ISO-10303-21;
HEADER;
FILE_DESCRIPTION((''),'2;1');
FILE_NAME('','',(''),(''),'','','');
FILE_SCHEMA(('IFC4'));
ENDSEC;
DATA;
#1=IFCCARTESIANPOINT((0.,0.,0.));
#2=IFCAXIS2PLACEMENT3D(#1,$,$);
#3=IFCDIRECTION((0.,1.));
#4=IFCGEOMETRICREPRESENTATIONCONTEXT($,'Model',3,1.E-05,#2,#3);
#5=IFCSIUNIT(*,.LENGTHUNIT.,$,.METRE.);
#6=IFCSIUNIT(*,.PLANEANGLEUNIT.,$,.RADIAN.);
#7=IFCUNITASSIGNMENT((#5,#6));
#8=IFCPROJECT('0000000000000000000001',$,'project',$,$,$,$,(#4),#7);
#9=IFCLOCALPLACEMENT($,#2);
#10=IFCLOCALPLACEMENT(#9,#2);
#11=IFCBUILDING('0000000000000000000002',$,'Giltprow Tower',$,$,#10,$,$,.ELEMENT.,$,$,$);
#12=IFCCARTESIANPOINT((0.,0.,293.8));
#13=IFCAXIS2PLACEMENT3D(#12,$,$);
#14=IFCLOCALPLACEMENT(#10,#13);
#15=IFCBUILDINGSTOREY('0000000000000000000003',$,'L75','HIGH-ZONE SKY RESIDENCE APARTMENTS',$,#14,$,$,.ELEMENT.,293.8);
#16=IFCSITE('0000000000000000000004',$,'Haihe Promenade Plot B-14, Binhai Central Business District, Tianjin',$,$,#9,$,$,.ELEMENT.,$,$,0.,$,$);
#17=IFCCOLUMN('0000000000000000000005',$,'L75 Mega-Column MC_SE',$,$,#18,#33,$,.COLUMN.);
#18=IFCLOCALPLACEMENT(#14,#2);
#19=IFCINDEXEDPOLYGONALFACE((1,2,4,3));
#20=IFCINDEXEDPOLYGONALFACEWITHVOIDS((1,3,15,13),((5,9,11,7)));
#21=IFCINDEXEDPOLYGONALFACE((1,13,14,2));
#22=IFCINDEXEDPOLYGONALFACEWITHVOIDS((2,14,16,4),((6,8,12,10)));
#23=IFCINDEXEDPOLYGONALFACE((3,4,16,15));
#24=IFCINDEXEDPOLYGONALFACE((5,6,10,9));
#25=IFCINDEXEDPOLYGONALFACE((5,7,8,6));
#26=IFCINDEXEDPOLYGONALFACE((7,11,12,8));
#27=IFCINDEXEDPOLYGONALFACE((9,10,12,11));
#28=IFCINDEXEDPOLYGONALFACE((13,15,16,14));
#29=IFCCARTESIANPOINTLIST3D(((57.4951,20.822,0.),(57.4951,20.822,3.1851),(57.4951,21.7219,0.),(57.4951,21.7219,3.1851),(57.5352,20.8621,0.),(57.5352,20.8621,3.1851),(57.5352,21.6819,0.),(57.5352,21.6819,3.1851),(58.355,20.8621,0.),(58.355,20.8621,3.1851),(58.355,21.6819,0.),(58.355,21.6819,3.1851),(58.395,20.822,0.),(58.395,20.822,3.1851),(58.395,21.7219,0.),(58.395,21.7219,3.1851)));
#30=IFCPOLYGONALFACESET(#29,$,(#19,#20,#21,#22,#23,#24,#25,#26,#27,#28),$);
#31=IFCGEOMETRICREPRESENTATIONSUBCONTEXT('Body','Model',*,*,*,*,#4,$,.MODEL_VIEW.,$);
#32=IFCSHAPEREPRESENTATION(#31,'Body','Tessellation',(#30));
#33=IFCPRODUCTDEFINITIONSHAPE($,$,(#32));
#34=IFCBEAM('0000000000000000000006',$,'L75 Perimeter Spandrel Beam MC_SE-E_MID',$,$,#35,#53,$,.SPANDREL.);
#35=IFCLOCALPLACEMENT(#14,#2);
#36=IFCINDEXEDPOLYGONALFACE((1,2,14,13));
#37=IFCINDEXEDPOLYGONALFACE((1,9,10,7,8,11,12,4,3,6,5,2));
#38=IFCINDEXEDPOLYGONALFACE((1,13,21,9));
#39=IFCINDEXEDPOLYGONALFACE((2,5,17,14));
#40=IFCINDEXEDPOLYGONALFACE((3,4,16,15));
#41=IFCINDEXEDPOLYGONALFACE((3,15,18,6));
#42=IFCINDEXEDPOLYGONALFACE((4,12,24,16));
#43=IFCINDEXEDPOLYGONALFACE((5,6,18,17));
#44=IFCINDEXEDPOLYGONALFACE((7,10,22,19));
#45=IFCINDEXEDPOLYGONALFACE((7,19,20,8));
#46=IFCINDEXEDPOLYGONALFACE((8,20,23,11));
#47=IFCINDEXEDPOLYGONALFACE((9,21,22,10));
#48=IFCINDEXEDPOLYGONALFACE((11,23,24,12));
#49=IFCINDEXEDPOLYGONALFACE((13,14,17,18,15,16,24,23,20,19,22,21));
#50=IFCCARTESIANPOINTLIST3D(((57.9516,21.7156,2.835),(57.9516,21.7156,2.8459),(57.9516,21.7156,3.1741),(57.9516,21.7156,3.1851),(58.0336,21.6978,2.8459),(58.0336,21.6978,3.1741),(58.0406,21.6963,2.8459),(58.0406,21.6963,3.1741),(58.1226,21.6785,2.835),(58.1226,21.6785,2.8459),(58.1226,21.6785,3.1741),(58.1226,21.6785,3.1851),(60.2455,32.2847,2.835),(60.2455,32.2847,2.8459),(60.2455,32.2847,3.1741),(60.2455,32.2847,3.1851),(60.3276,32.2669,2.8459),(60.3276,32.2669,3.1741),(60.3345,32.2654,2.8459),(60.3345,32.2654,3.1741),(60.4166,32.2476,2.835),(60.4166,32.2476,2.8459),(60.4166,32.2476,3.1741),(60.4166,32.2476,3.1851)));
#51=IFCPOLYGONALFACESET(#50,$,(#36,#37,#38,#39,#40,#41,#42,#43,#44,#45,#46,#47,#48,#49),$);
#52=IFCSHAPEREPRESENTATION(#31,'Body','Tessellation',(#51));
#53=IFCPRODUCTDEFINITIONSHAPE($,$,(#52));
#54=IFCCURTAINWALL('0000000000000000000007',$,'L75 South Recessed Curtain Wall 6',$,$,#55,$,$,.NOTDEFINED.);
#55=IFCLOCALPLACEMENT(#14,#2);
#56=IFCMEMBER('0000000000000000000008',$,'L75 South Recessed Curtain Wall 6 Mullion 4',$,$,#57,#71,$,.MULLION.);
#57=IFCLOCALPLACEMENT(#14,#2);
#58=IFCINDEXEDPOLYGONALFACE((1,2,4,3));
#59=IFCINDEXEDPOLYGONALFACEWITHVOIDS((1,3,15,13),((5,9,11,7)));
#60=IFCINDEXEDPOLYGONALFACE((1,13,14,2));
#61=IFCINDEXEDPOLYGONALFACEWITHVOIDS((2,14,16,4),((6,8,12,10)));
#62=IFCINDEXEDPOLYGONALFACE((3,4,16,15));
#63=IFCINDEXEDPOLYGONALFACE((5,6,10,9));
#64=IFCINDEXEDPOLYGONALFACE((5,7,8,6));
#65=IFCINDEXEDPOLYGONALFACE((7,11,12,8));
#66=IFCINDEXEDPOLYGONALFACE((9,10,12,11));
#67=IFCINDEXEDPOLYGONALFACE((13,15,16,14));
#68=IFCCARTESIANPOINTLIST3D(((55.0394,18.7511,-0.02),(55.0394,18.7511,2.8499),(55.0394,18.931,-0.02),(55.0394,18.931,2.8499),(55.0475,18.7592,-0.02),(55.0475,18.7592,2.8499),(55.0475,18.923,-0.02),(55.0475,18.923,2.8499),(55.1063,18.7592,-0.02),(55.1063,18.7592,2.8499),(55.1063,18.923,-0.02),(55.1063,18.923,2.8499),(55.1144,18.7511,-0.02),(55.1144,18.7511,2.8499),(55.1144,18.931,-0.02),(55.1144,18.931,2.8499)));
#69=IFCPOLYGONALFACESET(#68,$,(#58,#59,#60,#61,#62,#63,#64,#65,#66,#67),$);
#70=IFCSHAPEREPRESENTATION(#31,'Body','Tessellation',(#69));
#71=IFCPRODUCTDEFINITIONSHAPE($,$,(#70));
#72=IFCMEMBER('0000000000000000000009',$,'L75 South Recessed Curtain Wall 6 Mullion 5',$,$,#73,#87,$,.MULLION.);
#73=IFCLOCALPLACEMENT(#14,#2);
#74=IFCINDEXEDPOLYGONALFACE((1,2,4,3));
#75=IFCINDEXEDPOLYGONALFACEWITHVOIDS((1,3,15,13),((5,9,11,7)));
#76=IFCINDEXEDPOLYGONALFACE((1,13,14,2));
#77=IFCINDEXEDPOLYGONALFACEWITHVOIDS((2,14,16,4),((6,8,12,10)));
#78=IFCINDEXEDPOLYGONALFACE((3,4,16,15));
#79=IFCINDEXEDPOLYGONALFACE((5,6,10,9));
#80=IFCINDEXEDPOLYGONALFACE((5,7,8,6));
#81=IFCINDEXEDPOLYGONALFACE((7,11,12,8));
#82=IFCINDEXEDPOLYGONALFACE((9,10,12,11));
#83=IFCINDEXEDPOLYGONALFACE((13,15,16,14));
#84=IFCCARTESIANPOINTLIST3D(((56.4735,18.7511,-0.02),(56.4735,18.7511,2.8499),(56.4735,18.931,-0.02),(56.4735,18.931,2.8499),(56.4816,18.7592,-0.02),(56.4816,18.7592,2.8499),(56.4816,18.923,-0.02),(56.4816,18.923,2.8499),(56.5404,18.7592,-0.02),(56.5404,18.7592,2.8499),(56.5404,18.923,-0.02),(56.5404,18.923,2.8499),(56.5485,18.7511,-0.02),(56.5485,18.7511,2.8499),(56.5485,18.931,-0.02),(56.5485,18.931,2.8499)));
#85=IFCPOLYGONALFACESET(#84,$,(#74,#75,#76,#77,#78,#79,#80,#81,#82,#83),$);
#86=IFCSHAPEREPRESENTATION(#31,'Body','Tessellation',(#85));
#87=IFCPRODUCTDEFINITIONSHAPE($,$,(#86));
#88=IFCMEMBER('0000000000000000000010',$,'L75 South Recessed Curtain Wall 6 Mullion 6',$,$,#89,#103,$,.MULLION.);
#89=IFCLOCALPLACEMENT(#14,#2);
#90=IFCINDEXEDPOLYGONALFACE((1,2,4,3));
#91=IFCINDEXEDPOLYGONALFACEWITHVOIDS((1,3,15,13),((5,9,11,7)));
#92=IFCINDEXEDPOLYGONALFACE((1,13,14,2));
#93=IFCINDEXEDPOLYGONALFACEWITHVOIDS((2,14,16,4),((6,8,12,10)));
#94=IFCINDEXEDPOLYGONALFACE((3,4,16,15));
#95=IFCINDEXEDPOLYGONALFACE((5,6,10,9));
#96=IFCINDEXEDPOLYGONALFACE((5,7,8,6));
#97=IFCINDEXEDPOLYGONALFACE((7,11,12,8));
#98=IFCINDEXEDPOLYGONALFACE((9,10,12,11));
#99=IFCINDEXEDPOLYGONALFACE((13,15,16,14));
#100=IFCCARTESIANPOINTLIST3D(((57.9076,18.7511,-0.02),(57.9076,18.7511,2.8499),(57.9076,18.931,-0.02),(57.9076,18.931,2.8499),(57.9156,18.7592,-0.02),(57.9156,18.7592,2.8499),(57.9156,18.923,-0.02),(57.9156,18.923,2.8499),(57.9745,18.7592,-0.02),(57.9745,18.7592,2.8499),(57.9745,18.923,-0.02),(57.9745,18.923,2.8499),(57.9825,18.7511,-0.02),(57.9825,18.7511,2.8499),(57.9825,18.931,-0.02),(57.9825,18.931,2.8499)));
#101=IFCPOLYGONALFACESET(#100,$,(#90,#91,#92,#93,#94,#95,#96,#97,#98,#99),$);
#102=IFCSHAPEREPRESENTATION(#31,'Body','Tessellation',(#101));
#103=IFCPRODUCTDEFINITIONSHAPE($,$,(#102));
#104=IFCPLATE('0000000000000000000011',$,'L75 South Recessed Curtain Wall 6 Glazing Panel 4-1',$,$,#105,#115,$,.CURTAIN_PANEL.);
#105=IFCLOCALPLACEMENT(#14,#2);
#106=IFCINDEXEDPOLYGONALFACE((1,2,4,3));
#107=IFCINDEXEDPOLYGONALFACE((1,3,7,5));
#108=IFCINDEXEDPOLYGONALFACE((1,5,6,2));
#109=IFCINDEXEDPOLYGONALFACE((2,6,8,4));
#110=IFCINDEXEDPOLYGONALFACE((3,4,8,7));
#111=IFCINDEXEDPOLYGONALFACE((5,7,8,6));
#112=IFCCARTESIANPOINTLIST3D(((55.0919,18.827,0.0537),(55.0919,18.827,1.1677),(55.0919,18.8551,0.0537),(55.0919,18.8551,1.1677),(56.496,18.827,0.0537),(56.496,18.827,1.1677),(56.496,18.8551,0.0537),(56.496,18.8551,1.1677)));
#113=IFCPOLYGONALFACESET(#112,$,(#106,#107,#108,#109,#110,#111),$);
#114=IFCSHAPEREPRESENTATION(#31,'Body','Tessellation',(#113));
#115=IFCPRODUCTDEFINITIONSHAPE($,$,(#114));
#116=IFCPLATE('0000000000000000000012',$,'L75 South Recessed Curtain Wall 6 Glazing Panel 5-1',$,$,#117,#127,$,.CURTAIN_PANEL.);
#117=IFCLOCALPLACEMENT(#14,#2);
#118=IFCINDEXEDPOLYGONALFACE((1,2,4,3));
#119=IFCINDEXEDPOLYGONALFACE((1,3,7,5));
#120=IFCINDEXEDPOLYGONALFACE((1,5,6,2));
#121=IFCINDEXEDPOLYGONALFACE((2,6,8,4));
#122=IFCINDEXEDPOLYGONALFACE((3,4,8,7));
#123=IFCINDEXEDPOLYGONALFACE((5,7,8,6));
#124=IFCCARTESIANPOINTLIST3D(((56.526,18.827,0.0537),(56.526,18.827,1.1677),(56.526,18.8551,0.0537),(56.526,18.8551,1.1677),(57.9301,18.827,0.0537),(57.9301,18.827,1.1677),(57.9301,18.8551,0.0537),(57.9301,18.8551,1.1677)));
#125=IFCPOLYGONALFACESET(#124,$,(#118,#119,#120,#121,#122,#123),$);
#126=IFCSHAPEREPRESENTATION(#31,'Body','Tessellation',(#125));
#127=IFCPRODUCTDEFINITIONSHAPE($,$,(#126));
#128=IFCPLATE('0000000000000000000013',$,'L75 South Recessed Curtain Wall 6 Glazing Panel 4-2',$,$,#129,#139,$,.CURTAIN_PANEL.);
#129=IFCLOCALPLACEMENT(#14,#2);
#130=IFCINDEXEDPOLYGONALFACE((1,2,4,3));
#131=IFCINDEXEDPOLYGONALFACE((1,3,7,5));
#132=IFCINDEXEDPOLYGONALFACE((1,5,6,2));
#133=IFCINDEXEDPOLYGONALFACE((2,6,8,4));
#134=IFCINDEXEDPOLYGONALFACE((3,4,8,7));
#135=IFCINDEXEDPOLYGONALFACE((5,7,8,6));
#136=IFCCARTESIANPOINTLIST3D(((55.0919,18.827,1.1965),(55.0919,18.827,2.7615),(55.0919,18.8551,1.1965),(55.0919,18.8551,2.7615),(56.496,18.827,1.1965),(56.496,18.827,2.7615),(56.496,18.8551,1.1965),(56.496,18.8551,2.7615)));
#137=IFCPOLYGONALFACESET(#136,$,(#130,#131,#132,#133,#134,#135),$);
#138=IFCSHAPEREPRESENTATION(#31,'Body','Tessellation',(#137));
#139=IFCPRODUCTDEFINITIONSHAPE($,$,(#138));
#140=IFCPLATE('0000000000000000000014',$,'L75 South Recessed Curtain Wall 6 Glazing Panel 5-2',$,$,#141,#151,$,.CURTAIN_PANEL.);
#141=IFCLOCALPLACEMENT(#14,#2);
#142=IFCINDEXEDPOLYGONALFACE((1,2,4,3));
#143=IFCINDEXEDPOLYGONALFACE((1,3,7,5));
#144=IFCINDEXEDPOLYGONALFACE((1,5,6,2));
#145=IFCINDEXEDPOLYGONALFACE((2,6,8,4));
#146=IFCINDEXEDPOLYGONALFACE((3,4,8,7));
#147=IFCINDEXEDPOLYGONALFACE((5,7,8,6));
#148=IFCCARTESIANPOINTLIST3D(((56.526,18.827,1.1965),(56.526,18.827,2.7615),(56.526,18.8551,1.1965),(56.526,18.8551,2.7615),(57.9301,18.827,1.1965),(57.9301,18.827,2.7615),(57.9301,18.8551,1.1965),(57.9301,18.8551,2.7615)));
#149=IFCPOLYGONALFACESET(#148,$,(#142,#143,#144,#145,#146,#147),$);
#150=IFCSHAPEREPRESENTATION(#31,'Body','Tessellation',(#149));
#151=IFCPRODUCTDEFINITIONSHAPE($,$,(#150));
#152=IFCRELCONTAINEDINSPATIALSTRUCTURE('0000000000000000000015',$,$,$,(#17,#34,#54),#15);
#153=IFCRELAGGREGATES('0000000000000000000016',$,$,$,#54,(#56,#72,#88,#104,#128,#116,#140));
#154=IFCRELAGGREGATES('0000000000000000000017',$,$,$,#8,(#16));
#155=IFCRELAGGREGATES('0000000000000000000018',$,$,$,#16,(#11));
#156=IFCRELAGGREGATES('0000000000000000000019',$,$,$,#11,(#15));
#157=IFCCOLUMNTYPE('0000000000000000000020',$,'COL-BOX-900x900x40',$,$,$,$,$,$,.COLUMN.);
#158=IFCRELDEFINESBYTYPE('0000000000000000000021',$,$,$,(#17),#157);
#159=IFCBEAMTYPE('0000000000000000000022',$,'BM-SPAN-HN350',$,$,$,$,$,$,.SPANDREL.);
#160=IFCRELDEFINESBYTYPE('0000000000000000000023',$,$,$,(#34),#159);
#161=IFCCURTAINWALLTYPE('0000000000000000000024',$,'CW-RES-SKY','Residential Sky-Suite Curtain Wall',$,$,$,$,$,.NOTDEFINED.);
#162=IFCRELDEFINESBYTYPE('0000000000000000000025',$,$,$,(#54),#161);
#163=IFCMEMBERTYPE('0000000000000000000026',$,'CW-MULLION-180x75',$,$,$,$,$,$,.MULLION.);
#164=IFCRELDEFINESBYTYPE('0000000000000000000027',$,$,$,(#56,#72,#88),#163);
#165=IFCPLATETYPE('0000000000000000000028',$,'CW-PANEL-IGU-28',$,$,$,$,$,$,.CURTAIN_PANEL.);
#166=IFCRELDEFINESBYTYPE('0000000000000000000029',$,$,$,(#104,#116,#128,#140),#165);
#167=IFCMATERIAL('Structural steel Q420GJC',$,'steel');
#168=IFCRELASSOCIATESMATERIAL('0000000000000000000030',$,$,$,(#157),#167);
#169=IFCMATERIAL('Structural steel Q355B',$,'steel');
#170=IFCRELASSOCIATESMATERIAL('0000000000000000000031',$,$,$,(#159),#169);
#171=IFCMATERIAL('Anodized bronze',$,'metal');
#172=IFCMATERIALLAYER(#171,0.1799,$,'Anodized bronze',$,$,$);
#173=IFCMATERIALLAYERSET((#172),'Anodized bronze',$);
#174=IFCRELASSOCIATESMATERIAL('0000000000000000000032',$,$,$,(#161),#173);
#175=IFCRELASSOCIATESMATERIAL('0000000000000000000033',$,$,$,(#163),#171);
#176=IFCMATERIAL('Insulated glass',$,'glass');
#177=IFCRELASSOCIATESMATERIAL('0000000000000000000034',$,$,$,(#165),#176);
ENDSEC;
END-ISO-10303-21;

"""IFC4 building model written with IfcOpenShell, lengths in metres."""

from ifc_helpers import new_model, si_unit, direction, frame, origin, origin_2d, place, context, subcontext, project, spatial, rectangle, hollow_rectangle, i_section, extrude, source, transform, mapped, material, layer, layer_set, material_profile, profile_set, type_object, element, aggregate, save


model = new_model("IFC4")

# Units and contexts
model_context = context("Model", 3, precision=1e-05, world=origin(), true_north=direction((0.0, 1.0)))
body_context = subcontext(model_context, "Body", "Model", "MODEL_VIEW")
ifc_project = project(units=[si_unit("LENGTHUNIT", "METRE"), si_unit("PLANEANGLEUNIT", "RADIAN")], contexts=[model_context])

# Site, building, storey
site_placement = place(None, origin())
site = spatial("IfcSite", under=ifc_project, at=site_placement, Name="Haihe Promenade Plot B-14, Binhai Central Business District, Tianjin", CompositionType="ELEMENT", RefElevation=0.0)
building_placement = place(site_placement, origin())
building = spatial("IfcBuilding", under=site, at=building_placement, Name="Giltprow Tower", CompositionType="ELEMENT")
storey_placement = place(building_placement, frame((0.0, 0.0, 293.8)))
storey = spatial("IfcBuildingStorey", under=building, at=storey_placement, Name="L75", Description="HIGH-ZONE SKY RESIDENCE APARTMENTS", CompositionType="ELEMENT", Elevation=293.8)

# Column
ifc_material_1 = material(Name="Structural steel Q420GJC", Category="steel")
ifc_material_profile_1 = material_profile(ifc_material_1, hollow_rectangle(XDim=0.8999, YDim=0.8999, WallThickness=0.04, at=origin_2d()), Name="BOX 900x900x40")
ifc_profile_set_1 = profile_set([ifc_material_profile_1], Name="Structural steel Q420GJC")
column_type = type_object("IfcColumnType", Name="COL-BOX-900x900x40", PredefinedType="COLUMN", material=ifc_profile_set_1)
shared_shape_1 = source(origin(), body_context, "Body", "SweptSolid", [
    extrude(hollow_rectangle(XDim=0.8999, YDim=0.8999, WallThickness=0.04, at=origin_2d()), origin(), (0.0, 0.0, 1.0), 3.1851),
])
column_placement = place(storey_placement, frame((57.9451, 21.272, 0.0), z_axis=(0.0, 0.0, 1.0), x_axis=(1.0, 0.0, 0.0)))
element("IfcColumn", 1, at=column_placement, inside=storey, type_object=column_type, Name="L75 Mega-Column MC_SE", PredefinedType="COLUMN", context=body_context, shape_type="MappedRepresentation", body=[
    mapped(shared_shape_1, transform((0.0, 0.0, 0.0), x_axis=(1.0, 0.0, 0.0), y_axis=(0.0, 1.0, 0.0), z_axis=(0.0, 0.0, 1.0), scale=1.0)),
])

# Beam
ifc_material_2 = material(Name="Structural steel Q355B", Category="steel")
ifc_material_profile_2 = material_profile(ifc_material_2, i_section(OverallWidth=0.175, OverallDepth=0.3501, WebThickness=0.0071, FlangeThickness=0.011, at=origin_2d()), Name="HN 350x175x7x11")
ifc_profile_set_2 = profile_set([ifc_material_profile_2], Name="Structural steel Q355B")
beam_type = type_object("IfcBeamType", Name="BM-SPAN-HN350", PredefinedType="SPANDREL", material=ifc_profile_set_2)
shared_shape_2 = source(origin(), body_context, "Body", "SweptSolid", [
    extrude(i_section(OverallWidth=0.175, OverallDepth=0.3501, WebThickness=0.0071, FlangeThickness=0.011, at=origin_2d()), origin(), (0.0, 0.0, 1.0), 10.8152),
])
beam_placement = place(storey_placement, frame((58.0371, 21.697, 3.01), z_axis=(0.212104, 0.977247, 0.0), x_axis=(-0.977247, 0.212104, 0.0)))
element("IfcBeam", 2, at=beam_placement, inside=storey, type_object=beam_type, Name="L75 Perimeter Spandrel Beam MC_SE-E_MID", PredefinedType="SPANDREL", context=body_context, shape_type="MappedRepresentation", body=[
    mapped(shared_shape_2, transform((0.0, 0.0, 0.0), x_axis=(1.0, 0.0, 0.0), y_axis=(0.0, 1.0, 0.0), z_axis=(0.0, 0.0, 1.0), scale=1.0)),
])

# Curtain wall, members, plates
ifc_material_3 = material(Name="Anodized bronze", Category="metal")
ifc_layer_1 = layer(ifc_material_3, 0.1799, Name="Anodized bronze")
ifc_layer_set_1 = layer_set([ifc_layer_1], Name="Anodized bronze")
curtain_wall_type = type_object("IfcCurtainWallType", Name="CW-RES-SKY", Description="Residential Sky-Suite Curtain Wall", PredefinedType="NOTDEFINED", material=ifc_layer_set_1)
curtain_wall_placement = place(storey_placement, origin())
curtain_wall = element("IfcCurtainWall", 3, at=curtain_wall_placement, inside=storey, type_object=curtain_wall_type, Name="L75 South Recessed Curtain Wall 6", PredefinedType="NOTDEFINED")
ifc_material_profile_3 = material_profile(ifc_material_3, hollow_rectangle(XDim=0.075, YDim=0.1799, WallThickness=0.0081, at=origin_2d()), Name="RHS 180x75x8")
ifc_profile_set_3 = profile_set([ifc_material_profile_3], Name="Anodized bronze")
member_type = type_object("IfcMemberType", Name="CW-MULLION-180x75", PredefinedType="MULLION", material=ifc_profile_set_3)
shared_shape_3 = source(origin(), body_context, "Body", "SweptSolid", [
    extrude(hollow_rectangle(XDim=0.075, YDim=0.1799, WallThickness=0.0081, at=origin_2d()), origin(), (0.0, 0.0, 1.0), 2.8699),
])
member_1_placement = place(storey_placement, frame((55.0769, 18.8411, -0.02), z_axis=(0.0, 0.0, 1.0), x_axis=(1.0, 0.0, 0.0)))
member_1 = element("IfcMember", 4, at=member_1_placement, type_object=member_type, Name="L75 South Recessed Curtain Wall 6 Mullion 4", PredefinedType="MULLION", context=body_context, shape_type="MappedRepresentation", body=[
    mapped(shared_shape_3, transform((0.0, 0.0, 0.0), x_axis=(1.0, 0.0, 0.0), y_axis=(0.0, 1.0, 0.0), z_axis=(0.0, 0.0, 1.0), scale=1.0)),
])
member_2_placement = place(storey_placement, frame((56.511, 18.8411, -0.02), z_axis=(0.0, 0.0, 1.0), x_axis=(1.0, 0.0, 0.0)))
member_2 = element("IfcMember", 5, at=member_2_placement, type_object=member_type, Name="L75 South Recessed Curtain Wall 6 Mullion 5", PredefinedType="MULLION", context=body_context, shape_type="MappedRepresentation", body=[
    mapped(shared_shape_3, transform((0.0, 0.0, 0.0), x_axis=(1.0, 0.0, 0.0), y_axis=(0.0, 1.0, 0.0), z_axis=(0.0, 0.0, 1.0), scale=1.0)),
])
member_3_placement = place(storey_placement, frame((57.9451, 18.8411, -0.02), z_axis=(0.0, 0.0, 1.0), x_axis=(1.0, 0.0, 0.0)))
member_3 = element("IfcMember", 6, at=member_3_placement, type_object=member_type, Name="L75 South Recessed Curtain Wall 6 Mullion 6", PredefinedType="MULLION", context=body_context, shape_type="MappedRepresentation", body=[
    mapped(shared_shape_3, transform((0.0, 0.0, 0.0), x_axis=(1.0, 0.0, 0.0), y_axis=(0.0, 1.0, 0.0), z_axis=(0.0, 0.0, 1.0), scale=1.0)),
])
ifc_material_4 = material(Name="Insulated glass", Category="glass")
plate_type = type_object("IfcPlateType", Name="CW-PANEL-IGU-28", PredefinedType="CURTAIN_PANEL", material=ifc_material_4)
shared_shape_4 = source(origin(), body_context, "Body", "SweptSolid", [
    extrude(rectangle(XDim=1.4041, YDim=0.0281, at=origin_2d()), origin(), (0.0, 0.0, 1.0), 1.114),
])
plate_1_placement = place(storey_placement, frame((55.7939, 18.8411, 0.0537), z_axis=(0.0, 0.0, 1.0), x_axis=(1.0, 0.0, 0.0)))
plate_1 = element("IfcPlate", 7, at=plate_1_placement, type_object=plate_type, Name="L75 South Recessed Curtain Wall 6 Glazing Panel 4-1", PredefinedType="CURTAIN_PANEL", context=body_context, shape_type="MappedRepresentation", body=[
    mapped(shared_shape_4, transform((0.0, 0.0, 0.0), x_axis=(1.0, 0.0, 0.0), y_axis=(0.0, 1.0, 0.0), z_axis=(0.0, 0.0, 1.0), scale=1.0)),
])
plate_2_placement = place(storey_placement, frame((57.228, 18.8411, 0.0537), z_axis=(0.0, 0.0, 1.0), x_axis=(1.0, 0.0, 0.0)))
plate_2 = element("IfcPlate", 8, at=plate_2_placement, type_object=plate_type, Name="L75 South Recessed Curtain Wall 6 Glazing Panel 5-1", PredefinedType="CURTAIN_PANEL", context=body_context, shape_type="MappedRepresentation", body=[
    mapped(shared_shape_4, transform((0.0, 0.0, 0.0), x_axis=(1.0, 0.0, 0.0), y_axis=(0.0, 1.0, 0.0), z_axis=(0.0, 0.0, 1.0), scale=1.0)),
])
shared_shape_5 = source(origin(), body_context, "Body", "SweptSolid", [
    extrude(rectangle(XDim=1.4041, YDim=0.0281, at=origin_2d()), origin(), (0.0, 0.0, 1.0), 1.5649),
])
plate_3_placement = place(storey_placement, frame((55.7939, 18.8411, 1.1965), z_axis=(0.0, 0.0, 1.0), x_axis=(1.0, 0.0, 0.0)))
plate_3 = element("IfcPlate", 9, at=plate_3_placement, type_object=plate_type, Name="L75 South Recessed Curtain Wall 6 Glazing Panel 4-2", PredefinedType="CURTAIN_PANEL", context=body_context, shape_type="MappedRepresentation", body=[
    mapped(shared_shape_5, transform((0.0, 0.0, 0.0), x_axis=(1.0, 0.0, 0.0), y_axis=(0.0, 1.0, 0.0), z_axis=(0.0, 0.0, 1.0), scale=1.0)),
])
plate_4_placement = place(storey_placement, frame((57.228, 18.8411, 1.1965), z_axis=(0.0, 0.0, 1.0), x_axis=(1.0, 0.0, 0.0)))
plate_4 = element("IfcPlate", 10, at=plate_4_placement, type_object=plate_type, Name="L75 South Recessed Curtain Wall 6 Glazing Panel 5-2", PredefinedType="CURTAIN_PANEL", context=body_context, shape_type="MappedRepresentation", body=[
    mapped(shared_shape_5, transform((0.0, 0.0, 0.0), x_axis=(1.0, 0.0, 0.0), y_axis=(0.0, 1.0, 0.0), z_axis=(0.0, 0.0, 1.0), scale=1.0)),
])
aggregate(curtain_wall, [member_1, member_2, member_3, plate_1, plate_3, plate_2, plate_4])

save(model, "model.ifc")
